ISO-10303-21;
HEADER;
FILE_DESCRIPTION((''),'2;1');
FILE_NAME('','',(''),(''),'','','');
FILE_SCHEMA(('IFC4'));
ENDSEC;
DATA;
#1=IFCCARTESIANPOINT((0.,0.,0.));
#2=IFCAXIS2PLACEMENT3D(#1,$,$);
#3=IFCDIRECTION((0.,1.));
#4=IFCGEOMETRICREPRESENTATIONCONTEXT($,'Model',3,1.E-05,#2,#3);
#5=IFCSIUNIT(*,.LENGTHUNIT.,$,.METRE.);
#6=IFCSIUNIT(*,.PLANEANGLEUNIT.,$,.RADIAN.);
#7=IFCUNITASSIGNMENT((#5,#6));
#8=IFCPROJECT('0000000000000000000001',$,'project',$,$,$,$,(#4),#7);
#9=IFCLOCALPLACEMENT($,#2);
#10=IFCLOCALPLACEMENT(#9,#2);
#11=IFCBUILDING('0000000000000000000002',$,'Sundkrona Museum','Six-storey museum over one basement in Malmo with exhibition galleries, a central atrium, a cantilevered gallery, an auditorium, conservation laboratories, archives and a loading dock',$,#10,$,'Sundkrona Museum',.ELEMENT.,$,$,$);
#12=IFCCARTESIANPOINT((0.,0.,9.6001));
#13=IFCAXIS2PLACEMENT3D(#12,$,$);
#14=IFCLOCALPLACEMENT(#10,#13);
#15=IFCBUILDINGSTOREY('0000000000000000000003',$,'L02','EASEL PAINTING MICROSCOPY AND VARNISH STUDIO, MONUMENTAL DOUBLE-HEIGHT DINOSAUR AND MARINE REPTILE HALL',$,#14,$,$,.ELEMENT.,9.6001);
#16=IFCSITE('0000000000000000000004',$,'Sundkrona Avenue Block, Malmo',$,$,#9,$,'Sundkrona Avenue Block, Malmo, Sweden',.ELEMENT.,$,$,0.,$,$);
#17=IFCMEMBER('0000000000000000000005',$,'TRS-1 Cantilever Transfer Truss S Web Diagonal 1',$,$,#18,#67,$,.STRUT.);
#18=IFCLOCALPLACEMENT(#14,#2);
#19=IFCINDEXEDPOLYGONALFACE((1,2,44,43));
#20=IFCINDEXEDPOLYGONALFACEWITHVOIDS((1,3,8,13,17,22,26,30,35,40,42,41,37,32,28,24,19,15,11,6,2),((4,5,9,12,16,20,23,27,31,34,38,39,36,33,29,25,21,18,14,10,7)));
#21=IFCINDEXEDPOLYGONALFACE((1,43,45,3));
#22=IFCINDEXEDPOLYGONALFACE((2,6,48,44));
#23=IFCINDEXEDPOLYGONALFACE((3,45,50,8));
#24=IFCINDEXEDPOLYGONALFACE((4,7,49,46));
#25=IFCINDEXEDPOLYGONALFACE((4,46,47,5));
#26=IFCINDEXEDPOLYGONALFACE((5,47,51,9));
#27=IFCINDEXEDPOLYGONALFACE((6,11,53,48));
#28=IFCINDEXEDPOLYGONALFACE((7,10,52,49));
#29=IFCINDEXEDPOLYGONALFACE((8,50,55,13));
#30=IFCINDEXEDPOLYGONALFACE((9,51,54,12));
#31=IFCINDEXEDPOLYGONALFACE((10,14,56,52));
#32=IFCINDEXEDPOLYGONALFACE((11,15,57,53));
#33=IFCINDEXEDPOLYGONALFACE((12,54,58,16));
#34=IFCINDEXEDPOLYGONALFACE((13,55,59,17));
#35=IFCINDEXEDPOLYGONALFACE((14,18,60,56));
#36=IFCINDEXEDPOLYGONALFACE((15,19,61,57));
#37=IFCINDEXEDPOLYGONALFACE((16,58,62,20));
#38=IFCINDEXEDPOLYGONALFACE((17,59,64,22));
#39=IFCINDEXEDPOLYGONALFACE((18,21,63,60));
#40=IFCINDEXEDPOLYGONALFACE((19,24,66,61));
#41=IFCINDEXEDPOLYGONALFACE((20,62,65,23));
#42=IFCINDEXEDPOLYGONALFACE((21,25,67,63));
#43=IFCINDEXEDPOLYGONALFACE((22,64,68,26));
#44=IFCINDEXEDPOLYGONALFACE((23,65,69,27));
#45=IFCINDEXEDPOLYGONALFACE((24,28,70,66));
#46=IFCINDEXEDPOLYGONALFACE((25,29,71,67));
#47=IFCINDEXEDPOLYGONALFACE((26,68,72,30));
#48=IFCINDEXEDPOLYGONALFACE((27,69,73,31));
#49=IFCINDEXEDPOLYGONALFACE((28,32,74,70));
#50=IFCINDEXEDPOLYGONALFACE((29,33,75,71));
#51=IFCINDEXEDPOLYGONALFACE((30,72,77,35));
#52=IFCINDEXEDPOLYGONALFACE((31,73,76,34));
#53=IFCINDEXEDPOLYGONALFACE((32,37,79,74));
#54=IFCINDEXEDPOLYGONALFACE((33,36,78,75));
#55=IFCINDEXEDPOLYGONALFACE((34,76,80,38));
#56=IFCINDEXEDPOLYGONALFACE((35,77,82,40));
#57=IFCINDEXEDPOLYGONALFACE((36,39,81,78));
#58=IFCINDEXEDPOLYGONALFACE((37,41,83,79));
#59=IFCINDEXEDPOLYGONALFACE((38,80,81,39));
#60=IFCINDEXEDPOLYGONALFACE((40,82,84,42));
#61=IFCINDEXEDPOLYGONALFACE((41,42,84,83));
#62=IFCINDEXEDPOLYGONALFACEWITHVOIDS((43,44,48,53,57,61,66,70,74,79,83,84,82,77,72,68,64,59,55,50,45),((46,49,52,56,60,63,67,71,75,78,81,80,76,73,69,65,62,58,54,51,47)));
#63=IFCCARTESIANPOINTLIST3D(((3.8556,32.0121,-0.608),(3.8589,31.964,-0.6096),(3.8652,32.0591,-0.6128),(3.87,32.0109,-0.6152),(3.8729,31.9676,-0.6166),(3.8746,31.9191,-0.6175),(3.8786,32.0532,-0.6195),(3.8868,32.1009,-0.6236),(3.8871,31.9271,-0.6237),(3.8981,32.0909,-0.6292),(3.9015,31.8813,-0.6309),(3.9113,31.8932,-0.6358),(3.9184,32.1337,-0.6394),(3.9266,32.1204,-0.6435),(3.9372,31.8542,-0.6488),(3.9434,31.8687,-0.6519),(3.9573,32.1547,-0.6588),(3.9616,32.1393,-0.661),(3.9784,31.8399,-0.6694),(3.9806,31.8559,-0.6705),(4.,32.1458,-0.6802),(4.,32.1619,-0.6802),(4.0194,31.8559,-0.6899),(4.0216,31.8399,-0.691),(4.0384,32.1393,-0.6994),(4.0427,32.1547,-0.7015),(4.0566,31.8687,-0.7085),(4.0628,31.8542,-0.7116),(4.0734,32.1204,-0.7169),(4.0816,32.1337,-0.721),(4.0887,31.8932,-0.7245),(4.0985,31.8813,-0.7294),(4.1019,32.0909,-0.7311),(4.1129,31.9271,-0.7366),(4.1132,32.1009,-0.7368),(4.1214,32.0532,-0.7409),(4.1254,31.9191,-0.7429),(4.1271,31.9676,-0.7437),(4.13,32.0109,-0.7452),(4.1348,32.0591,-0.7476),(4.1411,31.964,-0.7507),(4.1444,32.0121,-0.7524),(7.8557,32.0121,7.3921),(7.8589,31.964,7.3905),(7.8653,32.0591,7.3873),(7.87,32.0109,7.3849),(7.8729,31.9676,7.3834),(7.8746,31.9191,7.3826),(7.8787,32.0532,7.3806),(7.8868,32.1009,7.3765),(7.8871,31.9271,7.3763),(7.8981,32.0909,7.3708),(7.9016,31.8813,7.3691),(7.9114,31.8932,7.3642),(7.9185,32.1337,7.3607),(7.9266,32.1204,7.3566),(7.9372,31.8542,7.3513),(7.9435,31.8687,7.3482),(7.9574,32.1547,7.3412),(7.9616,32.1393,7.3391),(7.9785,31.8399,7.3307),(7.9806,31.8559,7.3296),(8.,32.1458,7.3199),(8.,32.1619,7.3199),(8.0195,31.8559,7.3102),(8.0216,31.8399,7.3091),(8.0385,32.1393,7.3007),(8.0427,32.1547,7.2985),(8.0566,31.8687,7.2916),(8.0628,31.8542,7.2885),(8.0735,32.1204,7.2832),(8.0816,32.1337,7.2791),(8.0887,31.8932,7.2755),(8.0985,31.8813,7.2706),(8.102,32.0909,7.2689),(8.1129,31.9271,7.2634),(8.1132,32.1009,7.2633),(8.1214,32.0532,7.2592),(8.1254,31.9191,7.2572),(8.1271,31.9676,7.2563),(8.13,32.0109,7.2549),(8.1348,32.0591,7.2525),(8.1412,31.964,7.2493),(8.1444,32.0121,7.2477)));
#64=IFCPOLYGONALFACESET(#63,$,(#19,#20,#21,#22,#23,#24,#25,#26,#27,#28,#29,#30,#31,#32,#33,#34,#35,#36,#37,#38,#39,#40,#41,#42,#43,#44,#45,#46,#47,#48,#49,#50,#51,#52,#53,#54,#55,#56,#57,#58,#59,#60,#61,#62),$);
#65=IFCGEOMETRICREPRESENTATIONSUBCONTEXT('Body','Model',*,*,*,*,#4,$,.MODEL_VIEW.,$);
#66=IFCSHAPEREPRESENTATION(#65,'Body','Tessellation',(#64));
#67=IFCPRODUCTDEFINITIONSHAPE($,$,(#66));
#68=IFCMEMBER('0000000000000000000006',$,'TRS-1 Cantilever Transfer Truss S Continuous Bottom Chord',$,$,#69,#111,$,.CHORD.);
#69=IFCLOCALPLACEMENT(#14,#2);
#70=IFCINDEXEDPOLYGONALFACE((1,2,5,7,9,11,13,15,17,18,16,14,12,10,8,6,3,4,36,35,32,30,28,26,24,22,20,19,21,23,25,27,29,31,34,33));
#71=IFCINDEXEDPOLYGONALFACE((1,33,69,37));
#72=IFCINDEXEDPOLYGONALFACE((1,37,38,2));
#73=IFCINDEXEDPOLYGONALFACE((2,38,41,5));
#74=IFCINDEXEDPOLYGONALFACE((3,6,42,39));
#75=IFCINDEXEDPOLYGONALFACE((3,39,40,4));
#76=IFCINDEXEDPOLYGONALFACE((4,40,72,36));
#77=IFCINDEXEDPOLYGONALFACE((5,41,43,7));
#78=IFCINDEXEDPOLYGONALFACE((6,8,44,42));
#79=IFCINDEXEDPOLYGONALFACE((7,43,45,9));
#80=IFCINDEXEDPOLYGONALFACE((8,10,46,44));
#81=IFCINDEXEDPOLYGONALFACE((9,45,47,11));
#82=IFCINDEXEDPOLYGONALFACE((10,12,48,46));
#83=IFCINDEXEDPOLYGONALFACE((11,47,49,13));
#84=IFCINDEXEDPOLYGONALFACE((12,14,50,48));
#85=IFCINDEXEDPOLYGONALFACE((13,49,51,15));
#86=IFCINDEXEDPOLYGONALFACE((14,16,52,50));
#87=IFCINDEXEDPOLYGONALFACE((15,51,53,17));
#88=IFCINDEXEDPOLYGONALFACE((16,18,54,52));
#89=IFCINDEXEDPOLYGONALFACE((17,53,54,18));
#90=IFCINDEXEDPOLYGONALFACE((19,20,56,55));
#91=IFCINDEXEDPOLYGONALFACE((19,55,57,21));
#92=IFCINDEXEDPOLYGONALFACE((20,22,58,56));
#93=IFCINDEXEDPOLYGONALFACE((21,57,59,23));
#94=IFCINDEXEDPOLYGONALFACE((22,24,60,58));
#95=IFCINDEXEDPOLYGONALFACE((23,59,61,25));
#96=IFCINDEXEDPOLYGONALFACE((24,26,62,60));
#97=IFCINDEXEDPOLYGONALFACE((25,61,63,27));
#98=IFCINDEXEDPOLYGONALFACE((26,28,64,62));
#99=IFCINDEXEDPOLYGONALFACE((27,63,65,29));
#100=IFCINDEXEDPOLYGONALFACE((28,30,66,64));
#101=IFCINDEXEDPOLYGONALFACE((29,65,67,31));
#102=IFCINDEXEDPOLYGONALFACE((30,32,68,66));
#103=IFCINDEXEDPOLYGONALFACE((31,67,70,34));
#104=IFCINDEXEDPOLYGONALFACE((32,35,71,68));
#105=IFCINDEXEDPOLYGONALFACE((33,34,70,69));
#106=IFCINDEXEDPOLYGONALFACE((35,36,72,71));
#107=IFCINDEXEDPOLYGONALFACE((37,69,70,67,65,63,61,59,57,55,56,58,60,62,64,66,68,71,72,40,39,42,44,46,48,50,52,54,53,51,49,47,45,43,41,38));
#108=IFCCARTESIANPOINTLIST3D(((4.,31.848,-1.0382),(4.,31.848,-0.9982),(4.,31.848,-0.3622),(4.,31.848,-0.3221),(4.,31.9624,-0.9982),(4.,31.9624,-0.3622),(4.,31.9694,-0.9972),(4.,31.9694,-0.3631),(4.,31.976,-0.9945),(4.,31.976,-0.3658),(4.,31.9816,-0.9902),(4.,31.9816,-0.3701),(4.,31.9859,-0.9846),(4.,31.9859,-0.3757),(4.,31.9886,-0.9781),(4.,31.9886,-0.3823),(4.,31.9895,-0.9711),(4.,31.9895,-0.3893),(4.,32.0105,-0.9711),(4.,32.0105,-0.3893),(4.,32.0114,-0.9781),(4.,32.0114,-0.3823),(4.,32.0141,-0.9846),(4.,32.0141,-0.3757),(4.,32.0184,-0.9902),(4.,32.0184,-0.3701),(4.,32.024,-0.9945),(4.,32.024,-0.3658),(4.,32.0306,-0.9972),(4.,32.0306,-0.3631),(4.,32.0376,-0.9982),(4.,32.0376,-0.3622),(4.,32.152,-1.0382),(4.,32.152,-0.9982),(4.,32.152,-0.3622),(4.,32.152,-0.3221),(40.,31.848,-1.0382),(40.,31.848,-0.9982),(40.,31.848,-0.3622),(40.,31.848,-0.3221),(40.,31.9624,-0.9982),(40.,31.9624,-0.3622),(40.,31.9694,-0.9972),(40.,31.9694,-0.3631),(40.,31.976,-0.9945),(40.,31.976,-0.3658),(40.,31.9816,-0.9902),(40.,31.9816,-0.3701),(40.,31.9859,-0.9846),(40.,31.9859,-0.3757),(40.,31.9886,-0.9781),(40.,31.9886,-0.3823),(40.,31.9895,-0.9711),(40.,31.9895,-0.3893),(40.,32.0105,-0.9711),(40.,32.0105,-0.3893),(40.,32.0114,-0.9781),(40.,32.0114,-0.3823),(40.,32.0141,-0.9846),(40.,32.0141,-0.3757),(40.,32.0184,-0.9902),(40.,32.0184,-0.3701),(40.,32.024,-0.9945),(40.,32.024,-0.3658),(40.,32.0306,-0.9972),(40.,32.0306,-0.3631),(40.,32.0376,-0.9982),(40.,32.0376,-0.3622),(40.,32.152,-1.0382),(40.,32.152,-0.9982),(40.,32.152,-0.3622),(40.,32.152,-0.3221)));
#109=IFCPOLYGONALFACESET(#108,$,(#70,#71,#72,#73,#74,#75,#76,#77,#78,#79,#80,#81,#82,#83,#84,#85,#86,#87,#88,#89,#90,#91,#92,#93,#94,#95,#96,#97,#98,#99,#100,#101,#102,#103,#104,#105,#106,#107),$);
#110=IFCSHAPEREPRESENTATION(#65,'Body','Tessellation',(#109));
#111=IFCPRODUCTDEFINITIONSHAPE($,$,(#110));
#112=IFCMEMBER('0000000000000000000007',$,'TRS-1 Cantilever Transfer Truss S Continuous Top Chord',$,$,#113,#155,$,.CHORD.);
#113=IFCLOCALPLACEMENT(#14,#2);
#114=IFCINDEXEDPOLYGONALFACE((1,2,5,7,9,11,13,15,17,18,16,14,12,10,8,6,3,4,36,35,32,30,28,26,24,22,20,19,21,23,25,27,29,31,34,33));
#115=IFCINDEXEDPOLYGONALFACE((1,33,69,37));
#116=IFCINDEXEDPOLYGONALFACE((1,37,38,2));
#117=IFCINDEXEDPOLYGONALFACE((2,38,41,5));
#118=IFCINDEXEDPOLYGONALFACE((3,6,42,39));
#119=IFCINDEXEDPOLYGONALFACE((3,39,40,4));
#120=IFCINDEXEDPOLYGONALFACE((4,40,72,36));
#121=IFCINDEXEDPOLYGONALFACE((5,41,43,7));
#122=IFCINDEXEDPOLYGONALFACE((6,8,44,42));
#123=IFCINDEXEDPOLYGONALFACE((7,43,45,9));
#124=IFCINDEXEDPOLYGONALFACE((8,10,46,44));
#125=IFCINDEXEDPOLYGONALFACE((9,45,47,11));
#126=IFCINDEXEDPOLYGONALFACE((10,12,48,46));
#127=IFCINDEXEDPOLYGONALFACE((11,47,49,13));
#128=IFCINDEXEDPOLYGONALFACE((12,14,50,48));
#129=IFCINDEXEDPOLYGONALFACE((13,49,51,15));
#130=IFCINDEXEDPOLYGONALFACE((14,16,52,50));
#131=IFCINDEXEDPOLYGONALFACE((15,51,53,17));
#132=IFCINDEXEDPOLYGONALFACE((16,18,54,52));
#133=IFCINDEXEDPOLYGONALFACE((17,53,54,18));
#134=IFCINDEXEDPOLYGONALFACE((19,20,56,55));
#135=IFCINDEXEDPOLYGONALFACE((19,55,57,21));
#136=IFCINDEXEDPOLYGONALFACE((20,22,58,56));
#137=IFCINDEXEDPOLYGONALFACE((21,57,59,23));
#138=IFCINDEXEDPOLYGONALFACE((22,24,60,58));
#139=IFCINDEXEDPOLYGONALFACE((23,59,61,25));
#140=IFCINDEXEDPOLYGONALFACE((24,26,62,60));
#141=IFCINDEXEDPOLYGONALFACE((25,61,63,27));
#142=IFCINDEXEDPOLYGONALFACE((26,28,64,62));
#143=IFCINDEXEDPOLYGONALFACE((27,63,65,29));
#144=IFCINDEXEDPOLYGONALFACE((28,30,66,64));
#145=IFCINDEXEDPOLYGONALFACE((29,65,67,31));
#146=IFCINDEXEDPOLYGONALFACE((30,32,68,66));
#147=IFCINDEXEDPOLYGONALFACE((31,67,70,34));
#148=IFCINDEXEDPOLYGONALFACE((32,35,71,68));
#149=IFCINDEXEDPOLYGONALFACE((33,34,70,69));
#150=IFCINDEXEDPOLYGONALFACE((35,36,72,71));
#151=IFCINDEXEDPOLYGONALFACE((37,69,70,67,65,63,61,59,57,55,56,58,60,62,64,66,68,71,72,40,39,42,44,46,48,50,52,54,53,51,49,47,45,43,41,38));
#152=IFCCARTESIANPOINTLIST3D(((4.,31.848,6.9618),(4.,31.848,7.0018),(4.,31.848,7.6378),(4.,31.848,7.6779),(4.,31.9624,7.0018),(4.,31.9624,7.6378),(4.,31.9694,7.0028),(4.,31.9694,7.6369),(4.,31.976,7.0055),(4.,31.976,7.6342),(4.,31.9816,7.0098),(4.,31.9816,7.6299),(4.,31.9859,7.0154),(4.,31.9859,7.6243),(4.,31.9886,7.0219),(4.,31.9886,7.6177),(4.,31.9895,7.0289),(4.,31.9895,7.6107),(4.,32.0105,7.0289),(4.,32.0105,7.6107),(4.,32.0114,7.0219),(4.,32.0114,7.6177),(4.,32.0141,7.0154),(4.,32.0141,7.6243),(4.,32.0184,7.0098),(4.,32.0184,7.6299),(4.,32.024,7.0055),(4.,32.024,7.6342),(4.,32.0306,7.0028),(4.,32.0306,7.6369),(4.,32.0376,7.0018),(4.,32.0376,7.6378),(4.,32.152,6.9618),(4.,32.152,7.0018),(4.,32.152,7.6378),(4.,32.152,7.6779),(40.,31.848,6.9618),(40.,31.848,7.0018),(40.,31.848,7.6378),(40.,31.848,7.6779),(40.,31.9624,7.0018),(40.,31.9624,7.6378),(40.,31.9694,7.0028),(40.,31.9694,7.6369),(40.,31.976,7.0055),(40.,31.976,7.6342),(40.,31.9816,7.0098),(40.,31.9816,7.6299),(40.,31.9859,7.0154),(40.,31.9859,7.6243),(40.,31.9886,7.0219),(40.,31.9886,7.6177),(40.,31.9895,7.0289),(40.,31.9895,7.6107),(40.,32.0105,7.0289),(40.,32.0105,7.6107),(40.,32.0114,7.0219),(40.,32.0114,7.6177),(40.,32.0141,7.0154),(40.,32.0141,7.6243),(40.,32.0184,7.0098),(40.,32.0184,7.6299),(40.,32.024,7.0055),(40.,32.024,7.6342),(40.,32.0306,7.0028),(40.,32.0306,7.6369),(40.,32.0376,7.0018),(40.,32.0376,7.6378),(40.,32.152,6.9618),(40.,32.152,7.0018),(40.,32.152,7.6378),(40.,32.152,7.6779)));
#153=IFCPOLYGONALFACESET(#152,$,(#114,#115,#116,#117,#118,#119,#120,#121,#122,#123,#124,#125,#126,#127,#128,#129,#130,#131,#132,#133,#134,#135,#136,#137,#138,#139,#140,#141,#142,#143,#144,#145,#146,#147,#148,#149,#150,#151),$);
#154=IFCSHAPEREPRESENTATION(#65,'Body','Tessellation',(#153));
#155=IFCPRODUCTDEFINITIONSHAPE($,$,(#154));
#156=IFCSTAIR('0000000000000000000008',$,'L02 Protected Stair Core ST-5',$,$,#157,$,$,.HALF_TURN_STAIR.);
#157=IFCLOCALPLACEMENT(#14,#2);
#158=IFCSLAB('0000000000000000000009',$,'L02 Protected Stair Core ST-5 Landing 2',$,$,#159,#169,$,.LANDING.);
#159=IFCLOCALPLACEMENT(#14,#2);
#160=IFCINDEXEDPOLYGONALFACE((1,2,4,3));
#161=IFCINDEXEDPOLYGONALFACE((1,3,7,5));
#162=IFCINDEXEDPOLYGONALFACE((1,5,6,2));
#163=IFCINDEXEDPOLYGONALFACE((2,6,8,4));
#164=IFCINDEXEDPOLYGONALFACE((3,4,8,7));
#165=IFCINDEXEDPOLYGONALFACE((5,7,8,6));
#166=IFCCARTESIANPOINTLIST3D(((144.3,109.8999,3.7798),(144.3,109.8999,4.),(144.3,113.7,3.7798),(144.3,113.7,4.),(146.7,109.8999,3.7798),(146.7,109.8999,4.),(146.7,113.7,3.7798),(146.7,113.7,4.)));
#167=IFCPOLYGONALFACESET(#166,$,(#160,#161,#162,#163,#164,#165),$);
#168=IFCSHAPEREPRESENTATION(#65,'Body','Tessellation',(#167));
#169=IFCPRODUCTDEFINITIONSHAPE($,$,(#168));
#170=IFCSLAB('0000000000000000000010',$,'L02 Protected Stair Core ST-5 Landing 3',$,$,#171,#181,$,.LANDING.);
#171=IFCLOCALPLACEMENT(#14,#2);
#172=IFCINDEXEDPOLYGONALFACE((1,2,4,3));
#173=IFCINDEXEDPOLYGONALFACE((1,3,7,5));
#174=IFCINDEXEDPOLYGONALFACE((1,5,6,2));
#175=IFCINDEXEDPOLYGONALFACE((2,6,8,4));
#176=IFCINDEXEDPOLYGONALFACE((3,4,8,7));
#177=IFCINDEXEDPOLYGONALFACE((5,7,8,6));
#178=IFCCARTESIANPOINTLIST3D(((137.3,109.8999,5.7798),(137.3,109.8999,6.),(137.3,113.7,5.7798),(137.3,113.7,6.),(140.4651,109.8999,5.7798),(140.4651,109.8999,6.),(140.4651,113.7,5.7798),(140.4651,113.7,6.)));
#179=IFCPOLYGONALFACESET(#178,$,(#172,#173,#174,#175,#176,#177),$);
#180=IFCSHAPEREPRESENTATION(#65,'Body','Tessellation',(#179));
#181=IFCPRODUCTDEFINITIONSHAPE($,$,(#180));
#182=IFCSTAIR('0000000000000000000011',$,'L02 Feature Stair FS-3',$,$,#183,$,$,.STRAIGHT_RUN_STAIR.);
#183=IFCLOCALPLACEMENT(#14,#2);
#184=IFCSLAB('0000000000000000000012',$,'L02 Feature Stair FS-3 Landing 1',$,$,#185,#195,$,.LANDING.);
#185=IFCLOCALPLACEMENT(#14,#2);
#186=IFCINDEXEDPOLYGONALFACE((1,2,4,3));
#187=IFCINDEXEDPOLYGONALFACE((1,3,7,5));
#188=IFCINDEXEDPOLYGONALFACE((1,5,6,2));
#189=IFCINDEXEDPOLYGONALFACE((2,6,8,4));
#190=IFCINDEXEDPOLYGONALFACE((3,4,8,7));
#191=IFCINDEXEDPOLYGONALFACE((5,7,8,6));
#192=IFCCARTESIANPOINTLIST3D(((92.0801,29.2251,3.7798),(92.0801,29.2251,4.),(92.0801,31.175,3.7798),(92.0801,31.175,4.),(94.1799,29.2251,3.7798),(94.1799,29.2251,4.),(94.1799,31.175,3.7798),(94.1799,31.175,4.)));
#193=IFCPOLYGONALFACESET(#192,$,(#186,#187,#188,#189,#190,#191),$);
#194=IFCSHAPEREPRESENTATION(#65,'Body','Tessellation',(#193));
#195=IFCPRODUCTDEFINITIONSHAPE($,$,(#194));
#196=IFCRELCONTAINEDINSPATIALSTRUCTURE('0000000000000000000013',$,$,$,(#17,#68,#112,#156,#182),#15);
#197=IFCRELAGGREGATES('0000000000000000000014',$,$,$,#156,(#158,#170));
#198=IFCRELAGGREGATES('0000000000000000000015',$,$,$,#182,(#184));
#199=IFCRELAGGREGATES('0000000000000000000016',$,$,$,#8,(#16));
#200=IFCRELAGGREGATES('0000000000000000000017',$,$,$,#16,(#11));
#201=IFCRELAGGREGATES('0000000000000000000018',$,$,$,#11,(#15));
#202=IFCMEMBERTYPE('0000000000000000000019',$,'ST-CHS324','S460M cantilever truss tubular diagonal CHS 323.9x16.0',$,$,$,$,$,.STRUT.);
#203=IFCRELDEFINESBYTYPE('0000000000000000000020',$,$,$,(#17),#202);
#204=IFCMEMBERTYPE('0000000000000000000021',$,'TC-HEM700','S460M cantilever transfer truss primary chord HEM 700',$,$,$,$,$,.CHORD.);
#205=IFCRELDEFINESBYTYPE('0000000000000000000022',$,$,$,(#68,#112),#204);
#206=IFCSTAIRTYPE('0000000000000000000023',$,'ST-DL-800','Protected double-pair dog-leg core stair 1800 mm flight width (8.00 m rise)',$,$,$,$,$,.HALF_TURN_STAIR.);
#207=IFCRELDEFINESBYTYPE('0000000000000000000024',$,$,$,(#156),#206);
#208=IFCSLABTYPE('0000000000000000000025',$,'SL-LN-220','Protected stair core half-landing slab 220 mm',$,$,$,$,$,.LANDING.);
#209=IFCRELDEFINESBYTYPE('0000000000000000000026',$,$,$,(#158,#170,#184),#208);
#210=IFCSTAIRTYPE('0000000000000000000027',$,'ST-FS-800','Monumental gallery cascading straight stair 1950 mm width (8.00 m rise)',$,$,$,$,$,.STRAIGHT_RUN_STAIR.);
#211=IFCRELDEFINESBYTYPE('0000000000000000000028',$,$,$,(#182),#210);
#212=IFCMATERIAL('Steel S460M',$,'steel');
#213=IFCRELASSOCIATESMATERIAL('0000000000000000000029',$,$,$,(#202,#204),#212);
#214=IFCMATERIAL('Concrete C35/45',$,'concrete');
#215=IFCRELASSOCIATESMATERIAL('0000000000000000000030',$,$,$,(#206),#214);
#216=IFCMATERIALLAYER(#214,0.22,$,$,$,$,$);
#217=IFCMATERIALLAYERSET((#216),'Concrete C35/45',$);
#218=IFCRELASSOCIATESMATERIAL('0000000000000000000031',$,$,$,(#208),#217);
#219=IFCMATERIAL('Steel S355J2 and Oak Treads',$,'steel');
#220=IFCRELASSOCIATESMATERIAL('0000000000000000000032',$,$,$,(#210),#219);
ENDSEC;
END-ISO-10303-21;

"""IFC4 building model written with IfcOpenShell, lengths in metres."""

from ifc_helpers import new_model, si_unit, direction, frame, origin, origin_2d, place, context, subcontext, project, spatial, polyline, hollow_circle, i_section, outline, extrude, material, layer, layer_set, material_profile, profile_set, type_object, element, aggregate, save


model = new_model("IFC4")

# Units and contexts
model_context = context("Model", 3, precision=1e-05, world=origin(), true_north=direction((0.0, 1.0)))
body_context = subcontext(model_context, "Body", "Model", "MODEL_VIEW")
ifc_project = project(units=[si_unit("LENGTHUNIT", "METRE"), si_unit("PLANEANGLEUNIT", "RADIAN")], contexts=[model_context])

# Site, building, storey
site_placement = place(None, origin())
site = spatial("IfcSite", under=ifc_project, at=site_placement, Name="Sundkrona Avenue Block, Malmo", LongName="Sundkrona Avenue Block, Malmo, Sweden", CompositionType="ELEMENT", RefElevation=0.0)
building_placement = place(site_placement, origin())
building = spatial("IfcBuilding", under=site, at=building_placement, Name="Sundkrona Museum", Description="Six-storey museum over one basement in Malmo with exhibition galleries, a central atrium, a cantilevered gallery, an auditorium, conservation laboratories, archives and a loading dock", LongName="Sundkrona Museum", CompositionType="ELEMENT")
storey_placement = place(building_placement, frame((0.0, 0.0, 9.6001)))
storey = spatial("IfcBuildingStorey", under=building, at=storey_placement, Name="L02", Description="EASEL PAINTING MICROSCOPY AND VARNISH STUDIO, MONUMENTAL DOUBLE-HEIGHT DINOSAUR AND MARINE REPTILE HALL", CompositionType="ELEMENT", Elevation=9.6001)

# Members
ifc_material_1 = material(Name="Steel S460M", Category="steel")
ifc_material_profile_1 = material_profile(ifc_material_1, hollow_circle(Radius=0.1619, WallThickness=0.0161, at=origin_2d()), Name="CHS 323.9x16.0")
ifc_profile_set_1 = profile_set([ifc_material_profile_1], Name="Steel S460M")
member_type_1 = type_object("IfcMemberType", Name="ST-CHS324", Description="S460M cantilever truss tubular diagonal CHS 323.9x16.0", PredefinedType="STRUT", material=ifc_profile_set_1)
member_placement = place(storey_placement, frame((4.0, 32.0, -0.6802), z_axis=(0.447214, 0.0, 0.894427), x_axis=(0.0, 1.0, 0.0)))
element("IfcMember", 1, at=member_placement, inside=storey, type_object=member_type_1, Name="TRS-1 Cantilever Transfer Truss S Web Diagonal 1", PredefinedType="STRUT", context=body_context, shape_type="SweptSolid", body=[
    extrude(hollow_circle(Radius=0.1619, WallThickness=0.0161, at=origin_2d()), origin(), (0.0, 0.0, 1.0), 8.9443),
])
ifc_material_profile_2 = material_profile(ifc_material_1, i_section(OverallWidth=0.304, OverallDepth=0.7161, WebThickness=0.021, FlangeThickness=0.04, FilletRadius=0.0271, at=origin_2d()), Name="HEM 700")
ifc_profile_set_2 = profile_set([ifc_material_profile_2], Name="Steel S460M")
member_type_2 = type_object("IfcMemberType", Name="TC-HEM700", Description="S460M cantilever transfer truss primary chord HEM 700", PredefinedType="CHORD", material=ifc_profile_set_2)
for number, where, z_axis, x_axis, name in (
    (2, (4.0, 32.0, -0.6802), (1.0, 0.0, 0.0), (0.0, 1.0, 0.0), "TRS-1 Cantilever Transfer Truss S Continuous Bottom Chord"),
    (3, (4.0, 32.0, 7.3198), (1.0, 0.0, 0.0), (0.0, 1.0, 0.0), "TRS-1 Cantilever Transfer Truss S Continuous Top Chord"),
):
    element("IfcMember", number, at=place(storey_placement, frame(where, z_axis=z_axis, x_axis=x_axis)), inside=storey, type_object=member_type_2, Name=name, PredefinedType="CHORD", context=body_context, shape_type="SweptSolid", body=[
        extrude(i_section(OverallWidth=0.304, OverallDepth=0.7161, WebThickness=0.021, FlangeThickness=0.04, FilletRadius=0.0271, at=origin_2d()), origin(), (0.0, 0.0, 1.0), 36.0),
    ])

# Stair, slabs
ifc_material_2 = material(Name="Concrete C35/45", Category="concrete")
stair_type_1 = type_object("IfcStairType", Name="ST-DL-800", Description="Protected double-pair dog-leg core stair 1800 mm flight width (8.00 m rise)", PredefinedType="HALF_TURN_STAIR", material=ifc_material_2)
stair_1_placement = place(storey_placement, origin())
stair_1 = element("IfcStair", 4, at=stair_1_placement, inside=storey, type_object=stair_type_1, Name="L02 Protected Stair Core ST-5", PredefinedType="HALF_TURN_STAIR")
ifc_layer_1 = layer(ifc_material_2, 0.22)
ifc_layer_set_1 = layer_set([ifc_layer_1], Name="Concrete C35/45")
slab_type = type_object("IfcSlabType", Name="SL-LN-220", Description="Protected stair core half-landing slab 220 mm", PredefinedType="LANDING", material=ifc_layer_set_1)
slab_1_placement = place(storey_placement, frame((0.0, 0.0, 3.7798)))
slab_1 = element("IfcSlab", 5, at=slab_1_placement, type_object=slab_type, Name="L02 Protected Stair Core ST-5 Landing 2", PredefinedType="LANDING", context=body_context, shape_type="SweptSolid", body=[
    extrude(outline(polyline([(146.7, 113.7), (144.3, 113.7), (144.3, 109.8999), (146.7, 109.8999), (146.7, 113.7)])), origin(), (0.0, 0.0, 1.0), 0.2202),
])
slab_2_placement = place(storey_placement, frame((0.0, 0.0, 5.7798)))
slab_2 = element("IfcSlab", 6, at=slab_2_placement, type_object=slab_type, Name="L02 Protected Stair Core ST-5 Landing 3", PredefinedType="LANDING", context=body_context, shape_type="SweptSolid", body=[
    extrude(outline(polyline([(140.4651, 113.7), (137.3, 113.7), (137.3, 109.8999), (140.4651, 109.8999), (140.4651, 113.7)])), origin(), (0.0, 0.0, 1.0), 0.2202),
])
aggregate(stair_1, [slab_1, slab_2])

# Stair, slab
ifc_material_3 = material(Name="Steel S355J2 and Oak Treads", Category="steel")
stair_type_2 = type_object("IfcStairType", Name="ST-FS-800", Description="Monumental gallery cascading straight stair 1950 mm width (8.00 m rise)", PredefinedType="STRAIGHT_RUN_STAIR", material=ifc_material_3)
stair_2_placement = place(storey_placement, origin())
stair_2 = element("IfcStair", 7, at=stair_2_placement, inside=storey, type_object=stair_type_2, Name="L02 Feature Stair FS-3", PredefinedType="STRAIGHT_RUN_STAIR")
slab_3_placement = place(storey_placement, frame((0.0, 0.0, 3.7798)))
slab_3 = element("IfcSlab", 8, at=slab_3_placement, type_object=slab_type, Name="L02 Feature Stair FS-3 Landing 1", PredefinedType="LANDING", context=body_context, shape_type="SweptSolid", body=[
    extrude(outline(polyline([(92.0801, 29.2251), (94.1799, 29.2251), (94.1799, 31.175), (92.0801, 31.175), (92.0801, 29.2251)])), origin(), (0.0, 0.0, 1.0), 0.2202),
])
aggregate(stair_2, [slab_3])

save(model, "model.ifc")
